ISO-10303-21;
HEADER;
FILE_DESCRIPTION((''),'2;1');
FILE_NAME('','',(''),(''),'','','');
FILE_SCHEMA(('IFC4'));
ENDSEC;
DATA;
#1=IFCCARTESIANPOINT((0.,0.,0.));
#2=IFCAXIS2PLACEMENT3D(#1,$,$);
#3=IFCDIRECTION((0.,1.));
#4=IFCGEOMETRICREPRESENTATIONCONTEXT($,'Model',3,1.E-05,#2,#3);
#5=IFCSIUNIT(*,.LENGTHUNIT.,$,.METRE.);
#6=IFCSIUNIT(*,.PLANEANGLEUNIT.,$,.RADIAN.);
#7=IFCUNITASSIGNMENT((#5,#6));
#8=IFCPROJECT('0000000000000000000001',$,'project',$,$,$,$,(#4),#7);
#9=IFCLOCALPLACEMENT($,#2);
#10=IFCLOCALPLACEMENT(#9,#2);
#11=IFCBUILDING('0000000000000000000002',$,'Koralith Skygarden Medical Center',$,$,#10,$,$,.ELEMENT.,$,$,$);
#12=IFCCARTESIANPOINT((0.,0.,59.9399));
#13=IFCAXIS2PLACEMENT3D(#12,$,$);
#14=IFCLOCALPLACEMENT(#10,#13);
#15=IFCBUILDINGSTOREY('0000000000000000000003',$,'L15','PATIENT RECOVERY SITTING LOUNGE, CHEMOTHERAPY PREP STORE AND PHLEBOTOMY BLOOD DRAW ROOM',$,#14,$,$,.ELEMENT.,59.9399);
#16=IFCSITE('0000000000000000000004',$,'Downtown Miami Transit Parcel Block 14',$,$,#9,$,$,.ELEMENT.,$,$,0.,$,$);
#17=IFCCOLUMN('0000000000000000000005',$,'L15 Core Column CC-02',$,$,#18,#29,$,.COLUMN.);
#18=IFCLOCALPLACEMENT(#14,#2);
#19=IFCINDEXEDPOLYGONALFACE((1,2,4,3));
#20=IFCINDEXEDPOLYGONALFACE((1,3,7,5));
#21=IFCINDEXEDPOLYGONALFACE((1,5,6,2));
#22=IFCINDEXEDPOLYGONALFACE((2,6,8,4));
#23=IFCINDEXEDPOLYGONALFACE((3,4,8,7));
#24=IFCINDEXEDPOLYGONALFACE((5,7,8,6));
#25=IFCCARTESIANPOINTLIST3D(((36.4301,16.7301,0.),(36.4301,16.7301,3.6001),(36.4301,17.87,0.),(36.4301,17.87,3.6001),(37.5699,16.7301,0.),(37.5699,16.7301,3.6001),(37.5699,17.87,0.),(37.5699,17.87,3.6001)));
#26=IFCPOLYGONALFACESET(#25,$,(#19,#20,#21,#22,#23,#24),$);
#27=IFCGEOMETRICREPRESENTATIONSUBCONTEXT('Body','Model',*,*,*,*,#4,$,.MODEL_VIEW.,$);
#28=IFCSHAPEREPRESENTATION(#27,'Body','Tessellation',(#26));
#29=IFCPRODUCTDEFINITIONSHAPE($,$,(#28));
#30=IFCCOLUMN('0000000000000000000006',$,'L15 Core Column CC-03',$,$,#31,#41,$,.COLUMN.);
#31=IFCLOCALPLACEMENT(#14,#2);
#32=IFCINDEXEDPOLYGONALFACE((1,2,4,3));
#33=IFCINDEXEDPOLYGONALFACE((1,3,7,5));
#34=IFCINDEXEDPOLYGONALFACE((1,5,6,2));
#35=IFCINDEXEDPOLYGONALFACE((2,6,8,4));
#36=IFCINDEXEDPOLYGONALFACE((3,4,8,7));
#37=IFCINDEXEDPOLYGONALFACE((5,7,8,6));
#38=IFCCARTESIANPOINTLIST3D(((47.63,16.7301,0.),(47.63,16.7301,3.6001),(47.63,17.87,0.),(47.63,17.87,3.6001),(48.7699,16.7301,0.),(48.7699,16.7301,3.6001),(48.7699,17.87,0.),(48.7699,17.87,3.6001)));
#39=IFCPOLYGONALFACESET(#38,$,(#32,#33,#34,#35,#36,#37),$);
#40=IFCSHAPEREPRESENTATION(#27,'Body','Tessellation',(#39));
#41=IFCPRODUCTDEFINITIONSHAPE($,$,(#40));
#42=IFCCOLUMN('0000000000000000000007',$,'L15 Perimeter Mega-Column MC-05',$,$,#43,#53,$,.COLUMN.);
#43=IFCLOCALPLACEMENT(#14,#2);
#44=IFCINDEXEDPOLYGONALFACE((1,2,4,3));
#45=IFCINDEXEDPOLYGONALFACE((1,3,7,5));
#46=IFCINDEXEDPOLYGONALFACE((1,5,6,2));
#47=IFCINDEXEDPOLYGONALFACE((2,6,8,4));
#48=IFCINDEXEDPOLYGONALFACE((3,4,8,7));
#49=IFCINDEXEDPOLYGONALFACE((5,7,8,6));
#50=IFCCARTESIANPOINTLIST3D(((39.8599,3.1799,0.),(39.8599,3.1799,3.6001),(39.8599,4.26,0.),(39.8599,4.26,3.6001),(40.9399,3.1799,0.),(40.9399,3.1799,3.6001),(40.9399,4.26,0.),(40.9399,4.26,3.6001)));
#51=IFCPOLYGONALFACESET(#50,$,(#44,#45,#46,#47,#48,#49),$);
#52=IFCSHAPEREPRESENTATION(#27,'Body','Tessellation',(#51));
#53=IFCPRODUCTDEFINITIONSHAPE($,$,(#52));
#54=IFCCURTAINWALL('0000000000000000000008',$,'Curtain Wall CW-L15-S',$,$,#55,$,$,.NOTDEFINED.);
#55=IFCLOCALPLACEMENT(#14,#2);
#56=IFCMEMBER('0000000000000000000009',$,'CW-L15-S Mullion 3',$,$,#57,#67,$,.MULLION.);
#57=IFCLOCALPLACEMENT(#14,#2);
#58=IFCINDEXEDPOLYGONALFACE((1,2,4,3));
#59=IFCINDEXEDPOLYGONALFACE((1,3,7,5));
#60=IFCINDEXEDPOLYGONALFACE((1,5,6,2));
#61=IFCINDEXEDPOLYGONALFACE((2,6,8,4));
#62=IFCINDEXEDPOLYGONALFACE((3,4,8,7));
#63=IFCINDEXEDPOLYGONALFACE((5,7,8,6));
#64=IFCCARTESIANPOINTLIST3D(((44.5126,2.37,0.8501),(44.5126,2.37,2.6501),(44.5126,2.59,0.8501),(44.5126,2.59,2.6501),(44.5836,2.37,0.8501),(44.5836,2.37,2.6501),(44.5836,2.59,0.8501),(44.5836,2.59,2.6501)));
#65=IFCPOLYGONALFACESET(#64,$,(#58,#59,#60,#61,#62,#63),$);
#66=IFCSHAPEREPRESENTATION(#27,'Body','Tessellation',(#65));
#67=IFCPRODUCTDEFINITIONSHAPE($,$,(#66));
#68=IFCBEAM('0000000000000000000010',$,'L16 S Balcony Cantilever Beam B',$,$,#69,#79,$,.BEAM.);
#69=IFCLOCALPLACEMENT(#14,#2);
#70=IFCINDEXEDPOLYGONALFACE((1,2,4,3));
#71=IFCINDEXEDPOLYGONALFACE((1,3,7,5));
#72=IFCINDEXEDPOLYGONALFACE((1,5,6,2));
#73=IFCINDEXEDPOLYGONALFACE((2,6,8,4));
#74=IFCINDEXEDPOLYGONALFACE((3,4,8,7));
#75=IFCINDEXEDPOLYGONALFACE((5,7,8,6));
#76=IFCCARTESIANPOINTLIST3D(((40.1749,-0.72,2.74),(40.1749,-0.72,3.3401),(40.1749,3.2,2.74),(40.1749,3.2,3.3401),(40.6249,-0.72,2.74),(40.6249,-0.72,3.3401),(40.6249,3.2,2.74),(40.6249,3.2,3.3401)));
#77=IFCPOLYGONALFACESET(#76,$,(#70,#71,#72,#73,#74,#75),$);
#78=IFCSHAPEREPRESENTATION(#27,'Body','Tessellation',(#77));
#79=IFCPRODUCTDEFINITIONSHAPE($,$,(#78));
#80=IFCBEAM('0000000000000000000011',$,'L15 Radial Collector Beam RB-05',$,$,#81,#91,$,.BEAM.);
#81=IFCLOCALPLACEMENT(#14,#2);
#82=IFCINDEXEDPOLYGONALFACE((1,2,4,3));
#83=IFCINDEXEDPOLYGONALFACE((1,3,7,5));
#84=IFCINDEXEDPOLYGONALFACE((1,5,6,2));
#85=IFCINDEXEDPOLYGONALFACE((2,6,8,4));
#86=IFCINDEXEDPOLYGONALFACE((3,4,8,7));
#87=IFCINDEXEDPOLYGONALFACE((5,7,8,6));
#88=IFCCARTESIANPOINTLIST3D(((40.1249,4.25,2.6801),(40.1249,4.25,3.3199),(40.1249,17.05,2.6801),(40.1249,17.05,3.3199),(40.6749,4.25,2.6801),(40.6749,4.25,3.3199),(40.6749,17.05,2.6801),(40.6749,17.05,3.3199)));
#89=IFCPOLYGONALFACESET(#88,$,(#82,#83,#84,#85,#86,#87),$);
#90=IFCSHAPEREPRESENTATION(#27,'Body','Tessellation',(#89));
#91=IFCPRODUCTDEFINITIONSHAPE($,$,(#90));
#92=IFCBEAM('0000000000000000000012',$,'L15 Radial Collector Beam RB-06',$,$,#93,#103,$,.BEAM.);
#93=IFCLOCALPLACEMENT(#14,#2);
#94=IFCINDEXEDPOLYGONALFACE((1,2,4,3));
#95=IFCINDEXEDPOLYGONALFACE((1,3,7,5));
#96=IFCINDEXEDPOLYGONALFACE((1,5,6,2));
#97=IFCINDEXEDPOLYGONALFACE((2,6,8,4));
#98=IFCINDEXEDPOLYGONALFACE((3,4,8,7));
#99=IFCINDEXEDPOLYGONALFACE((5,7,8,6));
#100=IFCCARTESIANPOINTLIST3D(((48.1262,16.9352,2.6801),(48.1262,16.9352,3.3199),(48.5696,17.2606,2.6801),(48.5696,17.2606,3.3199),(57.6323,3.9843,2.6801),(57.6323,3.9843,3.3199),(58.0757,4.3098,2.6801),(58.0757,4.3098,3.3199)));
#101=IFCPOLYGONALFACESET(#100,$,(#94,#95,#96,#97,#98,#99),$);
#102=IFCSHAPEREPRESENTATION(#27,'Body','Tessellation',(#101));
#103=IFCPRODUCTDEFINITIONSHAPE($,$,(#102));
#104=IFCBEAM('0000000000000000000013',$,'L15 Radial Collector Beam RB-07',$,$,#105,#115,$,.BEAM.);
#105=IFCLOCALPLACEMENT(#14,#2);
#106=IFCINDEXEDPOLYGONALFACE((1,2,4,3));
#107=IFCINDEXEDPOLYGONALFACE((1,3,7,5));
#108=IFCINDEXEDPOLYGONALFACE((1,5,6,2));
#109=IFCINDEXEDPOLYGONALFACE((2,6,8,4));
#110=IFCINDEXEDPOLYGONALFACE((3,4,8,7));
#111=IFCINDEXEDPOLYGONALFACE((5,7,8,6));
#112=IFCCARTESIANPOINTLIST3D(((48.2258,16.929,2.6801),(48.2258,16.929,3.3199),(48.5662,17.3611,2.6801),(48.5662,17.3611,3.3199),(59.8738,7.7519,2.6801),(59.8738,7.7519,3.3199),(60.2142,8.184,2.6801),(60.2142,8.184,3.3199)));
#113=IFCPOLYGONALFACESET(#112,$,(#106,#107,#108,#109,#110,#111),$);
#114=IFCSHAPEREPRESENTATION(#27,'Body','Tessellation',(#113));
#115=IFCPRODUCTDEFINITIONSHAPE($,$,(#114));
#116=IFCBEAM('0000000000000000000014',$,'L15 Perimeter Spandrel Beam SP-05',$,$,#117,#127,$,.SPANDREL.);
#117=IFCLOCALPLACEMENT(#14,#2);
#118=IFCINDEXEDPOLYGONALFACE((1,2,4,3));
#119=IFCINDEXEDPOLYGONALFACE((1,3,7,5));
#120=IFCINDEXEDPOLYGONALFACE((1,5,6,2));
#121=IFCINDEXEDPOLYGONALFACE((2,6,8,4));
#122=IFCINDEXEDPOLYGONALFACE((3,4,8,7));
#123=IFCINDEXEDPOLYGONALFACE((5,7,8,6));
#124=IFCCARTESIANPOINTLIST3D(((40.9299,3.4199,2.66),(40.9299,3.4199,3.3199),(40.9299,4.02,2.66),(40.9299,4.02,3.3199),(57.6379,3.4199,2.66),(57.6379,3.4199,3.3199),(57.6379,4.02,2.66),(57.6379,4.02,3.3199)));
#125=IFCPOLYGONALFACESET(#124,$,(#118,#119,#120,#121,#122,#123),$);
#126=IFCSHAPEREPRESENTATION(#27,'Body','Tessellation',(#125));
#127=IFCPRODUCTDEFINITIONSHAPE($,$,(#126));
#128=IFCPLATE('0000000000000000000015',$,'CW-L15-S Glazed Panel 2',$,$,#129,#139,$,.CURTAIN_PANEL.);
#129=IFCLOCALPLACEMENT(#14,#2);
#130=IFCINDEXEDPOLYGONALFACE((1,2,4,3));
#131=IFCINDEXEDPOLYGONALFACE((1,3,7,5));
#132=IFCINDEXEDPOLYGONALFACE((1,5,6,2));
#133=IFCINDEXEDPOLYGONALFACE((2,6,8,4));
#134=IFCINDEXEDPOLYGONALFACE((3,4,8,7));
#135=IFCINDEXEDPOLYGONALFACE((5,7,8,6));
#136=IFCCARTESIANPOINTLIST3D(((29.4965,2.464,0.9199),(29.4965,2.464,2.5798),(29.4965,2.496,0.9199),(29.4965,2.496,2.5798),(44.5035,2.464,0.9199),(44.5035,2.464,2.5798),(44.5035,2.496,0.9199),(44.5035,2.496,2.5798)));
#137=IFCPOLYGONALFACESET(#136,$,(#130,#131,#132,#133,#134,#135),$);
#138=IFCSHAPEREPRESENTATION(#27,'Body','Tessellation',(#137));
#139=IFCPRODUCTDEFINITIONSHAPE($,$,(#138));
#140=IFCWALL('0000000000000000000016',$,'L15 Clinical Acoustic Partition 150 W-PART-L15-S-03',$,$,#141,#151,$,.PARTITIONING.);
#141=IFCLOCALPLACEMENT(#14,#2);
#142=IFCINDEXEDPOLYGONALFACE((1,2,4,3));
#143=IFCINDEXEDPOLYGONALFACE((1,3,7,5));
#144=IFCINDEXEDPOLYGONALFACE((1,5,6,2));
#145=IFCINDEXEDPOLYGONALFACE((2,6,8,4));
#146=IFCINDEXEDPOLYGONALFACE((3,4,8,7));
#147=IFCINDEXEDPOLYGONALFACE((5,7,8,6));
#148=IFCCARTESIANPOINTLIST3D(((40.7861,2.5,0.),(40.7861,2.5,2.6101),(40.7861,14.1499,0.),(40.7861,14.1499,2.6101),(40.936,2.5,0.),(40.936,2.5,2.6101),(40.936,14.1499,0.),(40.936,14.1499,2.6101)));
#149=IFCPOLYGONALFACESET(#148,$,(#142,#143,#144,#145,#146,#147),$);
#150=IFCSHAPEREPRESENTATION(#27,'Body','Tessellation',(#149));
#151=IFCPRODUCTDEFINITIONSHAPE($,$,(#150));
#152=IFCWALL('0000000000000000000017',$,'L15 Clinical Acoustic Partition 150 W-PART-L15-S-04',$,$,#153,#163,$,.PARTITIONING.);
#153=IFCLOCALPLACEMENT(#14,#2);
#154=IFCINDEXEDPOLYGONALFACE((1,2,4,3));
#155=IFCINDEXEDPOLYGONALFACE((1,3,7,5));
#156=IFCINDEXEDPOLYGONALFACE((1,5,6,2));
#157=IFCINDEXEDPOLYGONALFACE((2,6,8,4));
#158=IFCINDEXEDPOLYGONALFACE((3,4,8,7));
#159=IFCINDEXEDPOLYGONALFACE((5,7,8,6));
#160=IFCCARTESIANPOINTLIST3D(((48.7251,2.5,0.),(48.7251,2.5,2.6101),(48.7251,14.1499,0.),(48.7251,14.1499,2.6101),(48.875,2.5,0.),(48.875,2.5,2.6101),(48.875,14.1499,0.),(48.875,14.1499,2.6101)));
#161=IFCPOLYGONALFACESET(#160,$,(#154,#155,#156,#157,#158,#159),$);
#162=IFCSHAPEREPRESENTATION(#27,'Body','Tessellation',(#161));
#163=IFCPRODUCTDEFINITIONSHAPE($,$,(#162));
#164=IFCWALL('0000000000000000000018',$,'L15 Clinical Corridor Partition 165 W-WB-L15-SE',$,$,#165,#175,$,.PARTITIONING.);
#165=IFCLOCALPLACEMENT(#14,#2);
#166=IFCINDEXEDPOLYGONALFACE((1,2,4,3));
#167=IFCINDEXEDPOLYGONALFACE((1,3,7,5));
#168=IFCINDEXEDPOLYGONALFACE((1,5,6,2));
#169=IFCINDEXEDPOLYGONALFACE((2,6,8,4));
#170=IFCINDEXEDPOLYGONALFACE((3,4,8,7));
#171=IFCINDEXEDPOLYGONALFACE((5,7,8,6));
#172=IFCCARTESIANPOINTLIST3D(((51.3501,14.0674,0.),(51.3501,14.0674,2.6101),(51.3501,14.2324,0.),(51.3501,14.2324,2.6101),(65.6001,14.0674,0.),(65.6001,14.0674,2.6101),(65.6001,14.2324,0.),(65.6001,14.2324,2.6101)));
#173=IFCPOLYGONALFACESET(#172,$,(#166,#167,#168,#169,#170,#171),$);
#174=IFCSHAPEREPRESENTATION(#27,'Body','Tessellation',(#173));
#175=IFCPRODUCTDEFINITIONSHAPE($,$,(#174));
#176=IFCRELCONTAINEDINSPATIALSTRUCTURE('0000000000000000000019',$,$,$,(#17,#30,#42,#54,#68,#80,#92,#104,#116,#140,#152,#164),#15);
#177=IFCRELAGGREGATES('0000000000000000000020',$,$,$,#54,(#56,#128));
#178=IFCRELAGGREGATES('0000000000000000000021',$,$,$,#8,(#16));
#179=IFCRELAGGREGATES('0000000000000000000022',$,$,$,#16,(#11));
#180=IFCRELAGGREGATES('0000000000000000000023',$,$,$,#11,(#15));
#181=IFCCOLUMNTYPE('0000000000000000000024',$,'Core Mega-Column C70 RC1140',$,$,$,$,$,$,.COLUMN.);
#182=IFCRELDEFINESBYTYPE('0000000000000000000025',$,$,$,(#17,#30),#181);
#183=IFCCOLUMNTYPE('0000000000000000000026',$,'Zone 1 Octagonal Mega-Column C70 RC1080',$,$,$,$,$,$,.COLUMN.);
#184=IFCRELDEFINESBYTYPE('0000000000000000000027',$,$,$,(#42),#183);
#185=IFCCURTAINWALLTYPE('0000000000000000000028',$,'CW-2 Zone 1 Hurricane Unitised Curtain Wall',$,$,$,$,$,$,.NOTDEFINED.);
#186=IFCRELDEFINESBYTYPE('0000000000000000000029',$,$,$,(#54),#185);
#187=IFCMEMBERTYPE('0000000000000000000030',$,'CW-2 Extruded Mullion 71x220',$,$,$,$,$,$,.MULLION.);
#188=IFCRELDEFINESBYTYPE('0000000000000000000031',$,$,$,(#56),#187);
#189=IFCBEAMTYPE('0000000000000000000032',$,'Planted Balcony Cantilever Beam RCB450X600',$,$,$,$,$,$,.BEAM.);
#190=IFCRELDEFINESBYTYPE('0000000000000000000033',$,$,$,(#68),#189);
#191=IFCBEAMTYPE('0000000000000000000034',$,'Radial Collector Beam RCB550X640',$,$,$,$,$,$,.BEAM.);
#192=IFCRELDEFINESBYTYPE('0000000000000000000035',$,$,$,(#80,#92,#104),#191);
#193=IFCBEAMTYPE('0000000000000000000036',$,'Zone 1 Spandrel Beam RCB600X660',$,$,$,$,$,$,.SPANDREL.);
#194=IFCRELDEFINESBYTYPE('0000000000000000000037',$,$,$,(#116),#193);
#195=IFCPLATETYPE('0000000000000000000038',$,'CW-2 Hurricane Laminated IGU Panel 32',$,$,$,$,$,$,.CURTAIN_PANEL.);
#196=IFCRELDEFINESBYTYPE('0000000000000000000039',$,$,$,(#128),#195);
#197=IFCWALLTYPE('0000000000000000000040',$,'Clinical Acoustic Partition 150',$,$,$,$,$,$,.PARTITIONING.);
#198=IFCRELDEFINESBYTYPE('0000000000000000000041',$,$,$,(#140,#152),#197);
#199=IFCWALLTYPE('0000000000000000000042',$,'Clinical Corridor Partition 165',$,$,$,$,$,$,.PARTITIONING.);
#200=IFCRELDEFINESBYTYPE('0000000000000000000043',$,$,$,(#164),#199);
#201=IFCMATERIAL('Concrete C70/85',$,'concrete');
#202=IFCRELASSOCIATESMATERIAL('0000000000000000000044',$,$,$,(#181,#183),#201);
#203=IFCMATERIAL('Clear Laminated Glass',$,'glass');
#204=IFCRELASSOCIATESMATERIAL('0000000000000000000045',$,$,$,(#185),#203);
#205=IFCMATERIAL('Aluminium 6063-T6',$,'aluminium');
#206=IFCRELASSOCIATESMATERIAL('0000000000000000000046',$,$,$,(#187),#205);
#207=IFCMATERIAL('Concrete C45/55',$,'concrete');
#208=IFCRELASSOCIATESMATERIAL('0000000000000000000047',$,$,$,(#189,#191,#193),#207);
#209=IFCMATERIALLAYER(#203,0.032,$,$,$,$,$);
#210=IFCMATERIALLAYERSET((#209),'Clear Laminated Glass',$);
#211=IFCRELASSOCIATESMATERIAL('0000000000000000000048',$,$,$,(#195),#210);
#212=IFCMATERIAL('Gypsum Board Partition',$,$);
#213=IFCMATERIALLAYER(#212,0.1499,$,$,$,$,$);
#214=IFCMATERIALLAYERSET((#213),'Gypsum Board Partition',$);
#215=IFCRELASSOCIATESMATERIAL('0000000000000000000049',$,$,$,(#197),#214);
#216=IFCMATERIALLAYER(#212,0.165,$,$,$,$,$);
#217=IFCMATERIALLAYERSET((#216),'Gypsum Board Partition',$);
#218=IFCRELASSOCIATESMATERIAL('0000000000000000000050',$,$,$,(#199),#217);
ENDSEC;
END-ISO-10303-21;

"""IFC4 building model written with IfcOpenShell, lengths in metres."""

from ifc_helpers import new_model, si_unit, direction, frame, frame_2d, origin, origin_2d, place, context, subcontext, project, spatial, rectangle, extrude, material, layer, layer_set, material_profile, profile_set, type_object, element, aggregate, save


model = new_model("IFC4")

# Units and contexts
model_context = context("Model", 3, precision=1e-05, world=origin(), true_north=direction((0.0, 1.0)))
body_context = subcontext(model_context, "Body", "Model", "MODEL_VIEW")
ifc_project = project(units=[si_unit("LENGTHUNIT", "METRE"), si_unit("PLANEANGLEUNIT", "RADIAN")], contexts=[model_context])

# Site, building, storey
site_placement = place(None, origin())
site = spatial("IfcSite", under=ifc_project, at=site_placement, Name="Downtown Miami Transit Parcel Block 14", CompositionType="ELEMENT", RefElevation=0.0)
building_placement = place(site_placement, origin())
building = spatial("IfcBuilding", under=site, at=building_placement, Name="Koralith Skygarden Medical Center", CompositionType="ELEMENT")
storey_placement = place(building_placement, frame((0.0, 0.0, 59.9399)))
storey = spatial("IfcBuildingStorey", under=building, at=storey_placement, Name="L15", Description="PATIENT RECOVERY SITTING LOUNGE, CHEMOTHERAPY PREP STORE AND PHLEBOTOMY BLOOD DRAW ROOM", CompositionType="ELEMENT", Elevation=59.9399)

# Columns
ifc_material_1 = material(Name="Concrete C70/85", Category="concrete")
ifc_material_profile_1 = material_profile(ifc_material_1, rectangle(XDim=1.1399, YDim=1.1399, at=origin_2d()), Name="RC1140X1140")
ifc_profile_set_1 = profile_set([ifc_material_profile_1], Name="Concrete C70/85")
column_type_1 = type_object("IfcColumnType", Name="Core Mega-Column C70 RC1140", PredefinedType="COLUMN", material=ifc_profile_set_1)
for number, where, z_axis, x_axis, name in (
    (1, (37.0, 17.3, 0.0), (0.0, 0.0, 1.0), (1.0, 0.0, 0.0), "L15 Core Column CC-02"),
    (2, (48.2, 17.3, 0.0), (0.0, 0.0, 1.0), (1.0, 0.0, 0.0), "L15 Core Column CC-03"),
):
    element("IfcColumn", number, at=place(storey_placement, frame(where, z_axis=z_axis, x_axis=x_axis)), inside=storey, type_object=column_type_1, Name=name, PredefinedType="COLUMN", context=body_context, shape_type="SweptSolid", body=[
        extrude(rectangle(XDim=1.1399, YDim=1.1399, at=origin_2d()), origin(), (0.0, 0.0, 1.0), 3.6001),
    ])
ifc_material_profile_2 = material_profile(ifc_material_1, rectangle(XDim=1.0801, YDim=1.0801, at=origin_2d()), Name="RC1080X1080")
ifc_profile_set_2 = profile_set([ifc_material_profile_2], Name="Concrete C70/85")
column_type_2 = type_object("IfcColumnType", Name="Zone 1 Octagonal Mega-Column C70 RC1080", PredefinedType="COLUMN", material=ifc_profile_set_2)
column_placement = place(storey_placement, frame((40.3999, 3.72, 0.0), z_axis=(0.0, 0.0, 1.0), x_axis=(1.0, 0.0, 0.0)))
element("IfcColumn", 3, at=column_placement, inside=storey, type_object=column_type_2, Name="L15 Perimeter Mega-Column MC-05", PredefinedType="COLUMN", context=body_context, shape_type="SweptSolid", body=[
    extrude(rectangle(XDim=1.0801, YDim=1.0801, at=origin_2d()), origin(), (0.0, 0.0, 1.0), 3.6001),
])

# Curtain wall, member
ifc_material_2 = material(Name="Clear Laminated Glass", Category="glass")
curtain_wall_type = type_object("IfcCurtainWallType", Name="CW-2 Zone 1 Hurricane Unitised Curtain Wall", PredefinedType="NOTDEFINED", material=ifc_material_2)
curtain_wall_placement = place(storey_placement, origin())
curtain_wall = element("IfcCurtainWall", 4, at=curtain_wall_placement, inside=storey, type_object=curtain_wall_type, Name="Curtain Wall CW-L15-S", PredefinedType="NOTDEFINED")
ifc_material_3 = material(Name="Aluminium 6063-T6", Category="aluminium")
ifc_material_profile_3 = material_profile(ifc_material_3, rectangle(XDim=0.071, YDim=0.22, at=origin_2d()), Name="MUL71X220")
ifc_profile_set_3 = profile_set([ifc_material_profile_3], Name="Aluminium 6063-T6")
member_type = type_object("IfcMemberType", Name="CW-2 Extruded Mullion 71x220", PredefinedType="MULLION", material=ifc_profile_set_3)
member_placement = place(storey_placement, frame((44.5481, 2.48, 0.8501), z_axis=(0.0, 0.0, 1.0), x_axis=(1.0, 0.0, 0.0)))
member = element("IfcMember", 5, at=member_placement, type_object=member_type, Name="CW-L15-S Mullion 3", PredefinedType="MULLION", context=body_context, shape_type="SweptSolid", body=[
    extrude(rectangle(XDim=0.071, YDim=0.22, at=origin_2d()), origin(), (0.0, 0.0, 1.0), 1.8),
])

# Beams
ifc_material_4 = material(Name="Concrete C45/55", Category="concrete")
ifc_material_profile_4 = material_profile(ifc_material_4, rectangle(XDim=0.45, YDim=0.6001, at=origin_2d()), Name="RCB450X600")
ifc_profile_set_4 = profile_set([ifc_material_profile_4], Name="Concrete C45/55")
beam_type_1 = type_object("IfcBeamType", Name="Planted Balcony Cantilever Beam RCB450X600", PredefinedType="BEAM", material=ifc_profile_set_4)
beam_1_placement = place(storey_placement, frame((40.3999, 3.2, 3.04), z_axis=(0.0, -1.0, 0.0), x_axis=(1.0, 0.0, 0.0)))
element("IfcBeam", 6, at=beam_1_placement, inside=storey, type_object=beam_type_1, Name="L16 S Balcony Cantilever Beam B", PredefinedType="BEAM", context=body_context, shape_type="SweptSolid", body=[
    extrude(rectangle(XDim=0.45, YDim=0.6001, at=origin_2d()), origin(), (0.0, 0.0, 1.0), 3.9199),
])
ifc_material_profile_5 = material_profile(ifc_material_4, rectangle(XDim=0.55, YDim=0.6399, at=origin_2d()), Name="RCB550X640")
ifc_profile_set_5 = profile_set([ifc_material_profile_5], Name="Concrete C45/55")
beam_type_2 = type_object("IfcBeamType", Name="Radial Collector Beam RCB550X640", PredefinedType="BEAM", material=ifc_profile_set_5)
beam_2_placement = place(storey_placement, frame((40.3999, 17.05, 3.0), z_axis=(0.0, -1.0, 0.0), x_axis=(1.0, 0.0, 0.0)))
element("IfcBeam", 7, at=beam_2_placement, inside=storey, type_object=beam_type_2, Name="L15 Radial Collector Beam RB-05", PredefinedType="BEAM", context=body_context, shape_type="SweptSolid", body=[
    extrude(rectangle(XDim=0.55, YDim=0.6399, at=origin_2d()), origin(), (0.0, 0.0, 1.0), 12.8),
])
beam_3_placement = place(storey_placement, frame((48.3479, 17.0979, 3.0), z_axis=(0.591718, -0.806145, 0.0), x_axis=(0.806145, 0.591718, 0.0)))
element("IfcBeam", 8, at=beam_3_placement, inside=storey, type_object=beam_type_2, Name="L15 Radial Collector Beam RB-06", PredefinedType="BEAM", context=body_context, shape_type="SweptSolid", body=[
    extrude(rectangle(XDim=0.55, YDim=0.6399, at=origin_2d()), origin(), (0.0, 0.0, 1.0), 16.0652),
])
beam_4_placement = place(storey_placement, frame((48.396, 17.145, 3.0), z_axis=(0.785497, -0.618865, 0.0), x_axis=(0.618865, 0.785497, 0.0)))
element("IfcBeam", 9, at=beam_4_placement, inside=storey, type_object=beam_type_2, Name="L15 Radial Collector Beam RB-07", PredefinedType="BEAM", context=body_context, shape_type="SweptSolid", body=[
    extrude(rectangle(XDim=0.55, YDim=0.6399, at=origin_2d()), origin(), (0.0, 0.0, 1.0), 14.8289),
])
ifc_material_profile_6 = material_profile(ifc_material_4, rectangle(XDim=0.6001, YDim=0.6599, at=origin_2d()), Name="RCB600X660")
ifc_profile_set_6 = profile_set([ifc_material_profile_6], Name="Concrete C45/55")
beam_type_3 = type_object("IfcBeamType", Name="Zone 1 Spandrel Beam RCB600X660", PredefinedType="SPANDREL", material=ifc_profile_set_6)
beam_5_placement = place(storey_placement, frame((40.9299, 3.72, 2.99), z_axis=(1.0, 0.0, 0.0), x_axis=(0.0, 1.0, 0.0)))
element("IfcBeam", 10, at=beam_5_placement, inside=storey, type_object=beam_type_3, Name="L15 Perimeter Spandrel Beam SP-05", PredefinedType="SPANDREL", context=body_context, shape_type="SweptSolid", body=[
    extrude(rectangle(XDim=0.6001, YDim=0.6599, at=origin_2d()), origin(), (0.0, 0.0, 1.0), 16.708),
])

# Plate
ifc_layer_1 = layer(ifc_material_2, 0.032)
ifc_layer_set_1 = layer_set([ifc_layer_1], Name="Clear Laminated Glass")
plate_type = type_object("IfcPlateType", Name="CW-2 Hurricane Laminated IGU Panel 32", PredefinedType="CURTAIN_PANEL", material=ifc_layer_set_1)
plate_placement = place(storey_placement, frame((37.0, 2.48, 0.9199), z_axis=(0.0, 0.0, 1.0), x_axis=(1.0, 0.0, 0.0)))
plate = element("IfcPlate", 11, at=plate_placement, type_object=plate_type, Name="CW-L15-S Glazed Panel 2", PredefinedType="CURTAIN_PANEL", context=body_context, shape_type="SweptSolid", body=[
    extrude(rectangle(XDim=15.0071, YDim=0.032, at=origin_2d()), origin(), (0.0, 0.0, 1.0), 1.6599),
])
aggregate(curtain_wall, [member, plate])

# Walls
ifc_material_5 = material(Name="Gypsum Board Partition")
ifc_layer_2 = layer(ifc_material_5, 0.1499)
ifc_layer_set_2 = layer_set([ifc_layer_2], Name="Gypsum Board Partition")
wall_type_1 = type_object("IfcWallType", Name="Clinical Acoustic Partition 150", PredefinedType="PARTITIONING", material=ifc_layer_set_2)
for number, where, z_axis, x_axis, name in (
    (12, (40.8611, 14.1499, 0.0), (0.0, 0.0, 1.0), (0.0, -1.0, 0.0), "L15 Clinical Acoustic Partition 150 W-PART-L15-S-03"),
    (13, (48.8, 14.1499, 0.0), (0.0, 0.0, 1.0), (0.0, -1.0, 0.0), "L15 Clinical Acoustic Partition 150 W-PART-L15-S-04"),
):
    element("IfcWall", number, at=place(storey_placement, frame(where, z_axis=z_axis, x_axis=x_axis)), inside=storey, type_object=wall_type_1, Name=name, PredefinedType="PARTITIONING", context=body_context, shape_type="SweptSolid", body=[
        extrude(rectangle(XDim=11.6499, YDim=0.1499, at=frame_2d((5.825, 0.0))), origin(), (0.0, 0.0, 1.0), 2.6101),
    ])
ifc_layer_3 = layer(ifc_material_5, 0.165)
ifc_layer_set_3 = layer_set([ifc_layer_3], Name="Gypsum Board Partition")
wall_type_2 = type_object("IfcWallType", Name="Clinical Corridor Partition 165", PredefinedType="PARTITIONING", material=ifc_layer_set_3)
wall_1_placement = place(storey_placement, frame((51.3501, 14.1499, 0.0), z_axis=(0.0, 0.0, 1.0), x_axis=(1.0, 0.0, 0.0)))
element("IfcWall", 14, at=wall_1_placement, inside=storey, type_object=wall_type_2, Name="L15 Clinical Corridor Partition 165 W-WB-L15-SE", PredefinedType="PARTITIONING", context=body_context, shape_type="SweptSolid", body=[
    extrude(rectangle(XDim=14.25, YDim=0.165, at=frame_2d((7.125, 0.0))), origin(), (0.0, 0.0, 1.0), 2.6101),
])

save(model, "model.ifc")
